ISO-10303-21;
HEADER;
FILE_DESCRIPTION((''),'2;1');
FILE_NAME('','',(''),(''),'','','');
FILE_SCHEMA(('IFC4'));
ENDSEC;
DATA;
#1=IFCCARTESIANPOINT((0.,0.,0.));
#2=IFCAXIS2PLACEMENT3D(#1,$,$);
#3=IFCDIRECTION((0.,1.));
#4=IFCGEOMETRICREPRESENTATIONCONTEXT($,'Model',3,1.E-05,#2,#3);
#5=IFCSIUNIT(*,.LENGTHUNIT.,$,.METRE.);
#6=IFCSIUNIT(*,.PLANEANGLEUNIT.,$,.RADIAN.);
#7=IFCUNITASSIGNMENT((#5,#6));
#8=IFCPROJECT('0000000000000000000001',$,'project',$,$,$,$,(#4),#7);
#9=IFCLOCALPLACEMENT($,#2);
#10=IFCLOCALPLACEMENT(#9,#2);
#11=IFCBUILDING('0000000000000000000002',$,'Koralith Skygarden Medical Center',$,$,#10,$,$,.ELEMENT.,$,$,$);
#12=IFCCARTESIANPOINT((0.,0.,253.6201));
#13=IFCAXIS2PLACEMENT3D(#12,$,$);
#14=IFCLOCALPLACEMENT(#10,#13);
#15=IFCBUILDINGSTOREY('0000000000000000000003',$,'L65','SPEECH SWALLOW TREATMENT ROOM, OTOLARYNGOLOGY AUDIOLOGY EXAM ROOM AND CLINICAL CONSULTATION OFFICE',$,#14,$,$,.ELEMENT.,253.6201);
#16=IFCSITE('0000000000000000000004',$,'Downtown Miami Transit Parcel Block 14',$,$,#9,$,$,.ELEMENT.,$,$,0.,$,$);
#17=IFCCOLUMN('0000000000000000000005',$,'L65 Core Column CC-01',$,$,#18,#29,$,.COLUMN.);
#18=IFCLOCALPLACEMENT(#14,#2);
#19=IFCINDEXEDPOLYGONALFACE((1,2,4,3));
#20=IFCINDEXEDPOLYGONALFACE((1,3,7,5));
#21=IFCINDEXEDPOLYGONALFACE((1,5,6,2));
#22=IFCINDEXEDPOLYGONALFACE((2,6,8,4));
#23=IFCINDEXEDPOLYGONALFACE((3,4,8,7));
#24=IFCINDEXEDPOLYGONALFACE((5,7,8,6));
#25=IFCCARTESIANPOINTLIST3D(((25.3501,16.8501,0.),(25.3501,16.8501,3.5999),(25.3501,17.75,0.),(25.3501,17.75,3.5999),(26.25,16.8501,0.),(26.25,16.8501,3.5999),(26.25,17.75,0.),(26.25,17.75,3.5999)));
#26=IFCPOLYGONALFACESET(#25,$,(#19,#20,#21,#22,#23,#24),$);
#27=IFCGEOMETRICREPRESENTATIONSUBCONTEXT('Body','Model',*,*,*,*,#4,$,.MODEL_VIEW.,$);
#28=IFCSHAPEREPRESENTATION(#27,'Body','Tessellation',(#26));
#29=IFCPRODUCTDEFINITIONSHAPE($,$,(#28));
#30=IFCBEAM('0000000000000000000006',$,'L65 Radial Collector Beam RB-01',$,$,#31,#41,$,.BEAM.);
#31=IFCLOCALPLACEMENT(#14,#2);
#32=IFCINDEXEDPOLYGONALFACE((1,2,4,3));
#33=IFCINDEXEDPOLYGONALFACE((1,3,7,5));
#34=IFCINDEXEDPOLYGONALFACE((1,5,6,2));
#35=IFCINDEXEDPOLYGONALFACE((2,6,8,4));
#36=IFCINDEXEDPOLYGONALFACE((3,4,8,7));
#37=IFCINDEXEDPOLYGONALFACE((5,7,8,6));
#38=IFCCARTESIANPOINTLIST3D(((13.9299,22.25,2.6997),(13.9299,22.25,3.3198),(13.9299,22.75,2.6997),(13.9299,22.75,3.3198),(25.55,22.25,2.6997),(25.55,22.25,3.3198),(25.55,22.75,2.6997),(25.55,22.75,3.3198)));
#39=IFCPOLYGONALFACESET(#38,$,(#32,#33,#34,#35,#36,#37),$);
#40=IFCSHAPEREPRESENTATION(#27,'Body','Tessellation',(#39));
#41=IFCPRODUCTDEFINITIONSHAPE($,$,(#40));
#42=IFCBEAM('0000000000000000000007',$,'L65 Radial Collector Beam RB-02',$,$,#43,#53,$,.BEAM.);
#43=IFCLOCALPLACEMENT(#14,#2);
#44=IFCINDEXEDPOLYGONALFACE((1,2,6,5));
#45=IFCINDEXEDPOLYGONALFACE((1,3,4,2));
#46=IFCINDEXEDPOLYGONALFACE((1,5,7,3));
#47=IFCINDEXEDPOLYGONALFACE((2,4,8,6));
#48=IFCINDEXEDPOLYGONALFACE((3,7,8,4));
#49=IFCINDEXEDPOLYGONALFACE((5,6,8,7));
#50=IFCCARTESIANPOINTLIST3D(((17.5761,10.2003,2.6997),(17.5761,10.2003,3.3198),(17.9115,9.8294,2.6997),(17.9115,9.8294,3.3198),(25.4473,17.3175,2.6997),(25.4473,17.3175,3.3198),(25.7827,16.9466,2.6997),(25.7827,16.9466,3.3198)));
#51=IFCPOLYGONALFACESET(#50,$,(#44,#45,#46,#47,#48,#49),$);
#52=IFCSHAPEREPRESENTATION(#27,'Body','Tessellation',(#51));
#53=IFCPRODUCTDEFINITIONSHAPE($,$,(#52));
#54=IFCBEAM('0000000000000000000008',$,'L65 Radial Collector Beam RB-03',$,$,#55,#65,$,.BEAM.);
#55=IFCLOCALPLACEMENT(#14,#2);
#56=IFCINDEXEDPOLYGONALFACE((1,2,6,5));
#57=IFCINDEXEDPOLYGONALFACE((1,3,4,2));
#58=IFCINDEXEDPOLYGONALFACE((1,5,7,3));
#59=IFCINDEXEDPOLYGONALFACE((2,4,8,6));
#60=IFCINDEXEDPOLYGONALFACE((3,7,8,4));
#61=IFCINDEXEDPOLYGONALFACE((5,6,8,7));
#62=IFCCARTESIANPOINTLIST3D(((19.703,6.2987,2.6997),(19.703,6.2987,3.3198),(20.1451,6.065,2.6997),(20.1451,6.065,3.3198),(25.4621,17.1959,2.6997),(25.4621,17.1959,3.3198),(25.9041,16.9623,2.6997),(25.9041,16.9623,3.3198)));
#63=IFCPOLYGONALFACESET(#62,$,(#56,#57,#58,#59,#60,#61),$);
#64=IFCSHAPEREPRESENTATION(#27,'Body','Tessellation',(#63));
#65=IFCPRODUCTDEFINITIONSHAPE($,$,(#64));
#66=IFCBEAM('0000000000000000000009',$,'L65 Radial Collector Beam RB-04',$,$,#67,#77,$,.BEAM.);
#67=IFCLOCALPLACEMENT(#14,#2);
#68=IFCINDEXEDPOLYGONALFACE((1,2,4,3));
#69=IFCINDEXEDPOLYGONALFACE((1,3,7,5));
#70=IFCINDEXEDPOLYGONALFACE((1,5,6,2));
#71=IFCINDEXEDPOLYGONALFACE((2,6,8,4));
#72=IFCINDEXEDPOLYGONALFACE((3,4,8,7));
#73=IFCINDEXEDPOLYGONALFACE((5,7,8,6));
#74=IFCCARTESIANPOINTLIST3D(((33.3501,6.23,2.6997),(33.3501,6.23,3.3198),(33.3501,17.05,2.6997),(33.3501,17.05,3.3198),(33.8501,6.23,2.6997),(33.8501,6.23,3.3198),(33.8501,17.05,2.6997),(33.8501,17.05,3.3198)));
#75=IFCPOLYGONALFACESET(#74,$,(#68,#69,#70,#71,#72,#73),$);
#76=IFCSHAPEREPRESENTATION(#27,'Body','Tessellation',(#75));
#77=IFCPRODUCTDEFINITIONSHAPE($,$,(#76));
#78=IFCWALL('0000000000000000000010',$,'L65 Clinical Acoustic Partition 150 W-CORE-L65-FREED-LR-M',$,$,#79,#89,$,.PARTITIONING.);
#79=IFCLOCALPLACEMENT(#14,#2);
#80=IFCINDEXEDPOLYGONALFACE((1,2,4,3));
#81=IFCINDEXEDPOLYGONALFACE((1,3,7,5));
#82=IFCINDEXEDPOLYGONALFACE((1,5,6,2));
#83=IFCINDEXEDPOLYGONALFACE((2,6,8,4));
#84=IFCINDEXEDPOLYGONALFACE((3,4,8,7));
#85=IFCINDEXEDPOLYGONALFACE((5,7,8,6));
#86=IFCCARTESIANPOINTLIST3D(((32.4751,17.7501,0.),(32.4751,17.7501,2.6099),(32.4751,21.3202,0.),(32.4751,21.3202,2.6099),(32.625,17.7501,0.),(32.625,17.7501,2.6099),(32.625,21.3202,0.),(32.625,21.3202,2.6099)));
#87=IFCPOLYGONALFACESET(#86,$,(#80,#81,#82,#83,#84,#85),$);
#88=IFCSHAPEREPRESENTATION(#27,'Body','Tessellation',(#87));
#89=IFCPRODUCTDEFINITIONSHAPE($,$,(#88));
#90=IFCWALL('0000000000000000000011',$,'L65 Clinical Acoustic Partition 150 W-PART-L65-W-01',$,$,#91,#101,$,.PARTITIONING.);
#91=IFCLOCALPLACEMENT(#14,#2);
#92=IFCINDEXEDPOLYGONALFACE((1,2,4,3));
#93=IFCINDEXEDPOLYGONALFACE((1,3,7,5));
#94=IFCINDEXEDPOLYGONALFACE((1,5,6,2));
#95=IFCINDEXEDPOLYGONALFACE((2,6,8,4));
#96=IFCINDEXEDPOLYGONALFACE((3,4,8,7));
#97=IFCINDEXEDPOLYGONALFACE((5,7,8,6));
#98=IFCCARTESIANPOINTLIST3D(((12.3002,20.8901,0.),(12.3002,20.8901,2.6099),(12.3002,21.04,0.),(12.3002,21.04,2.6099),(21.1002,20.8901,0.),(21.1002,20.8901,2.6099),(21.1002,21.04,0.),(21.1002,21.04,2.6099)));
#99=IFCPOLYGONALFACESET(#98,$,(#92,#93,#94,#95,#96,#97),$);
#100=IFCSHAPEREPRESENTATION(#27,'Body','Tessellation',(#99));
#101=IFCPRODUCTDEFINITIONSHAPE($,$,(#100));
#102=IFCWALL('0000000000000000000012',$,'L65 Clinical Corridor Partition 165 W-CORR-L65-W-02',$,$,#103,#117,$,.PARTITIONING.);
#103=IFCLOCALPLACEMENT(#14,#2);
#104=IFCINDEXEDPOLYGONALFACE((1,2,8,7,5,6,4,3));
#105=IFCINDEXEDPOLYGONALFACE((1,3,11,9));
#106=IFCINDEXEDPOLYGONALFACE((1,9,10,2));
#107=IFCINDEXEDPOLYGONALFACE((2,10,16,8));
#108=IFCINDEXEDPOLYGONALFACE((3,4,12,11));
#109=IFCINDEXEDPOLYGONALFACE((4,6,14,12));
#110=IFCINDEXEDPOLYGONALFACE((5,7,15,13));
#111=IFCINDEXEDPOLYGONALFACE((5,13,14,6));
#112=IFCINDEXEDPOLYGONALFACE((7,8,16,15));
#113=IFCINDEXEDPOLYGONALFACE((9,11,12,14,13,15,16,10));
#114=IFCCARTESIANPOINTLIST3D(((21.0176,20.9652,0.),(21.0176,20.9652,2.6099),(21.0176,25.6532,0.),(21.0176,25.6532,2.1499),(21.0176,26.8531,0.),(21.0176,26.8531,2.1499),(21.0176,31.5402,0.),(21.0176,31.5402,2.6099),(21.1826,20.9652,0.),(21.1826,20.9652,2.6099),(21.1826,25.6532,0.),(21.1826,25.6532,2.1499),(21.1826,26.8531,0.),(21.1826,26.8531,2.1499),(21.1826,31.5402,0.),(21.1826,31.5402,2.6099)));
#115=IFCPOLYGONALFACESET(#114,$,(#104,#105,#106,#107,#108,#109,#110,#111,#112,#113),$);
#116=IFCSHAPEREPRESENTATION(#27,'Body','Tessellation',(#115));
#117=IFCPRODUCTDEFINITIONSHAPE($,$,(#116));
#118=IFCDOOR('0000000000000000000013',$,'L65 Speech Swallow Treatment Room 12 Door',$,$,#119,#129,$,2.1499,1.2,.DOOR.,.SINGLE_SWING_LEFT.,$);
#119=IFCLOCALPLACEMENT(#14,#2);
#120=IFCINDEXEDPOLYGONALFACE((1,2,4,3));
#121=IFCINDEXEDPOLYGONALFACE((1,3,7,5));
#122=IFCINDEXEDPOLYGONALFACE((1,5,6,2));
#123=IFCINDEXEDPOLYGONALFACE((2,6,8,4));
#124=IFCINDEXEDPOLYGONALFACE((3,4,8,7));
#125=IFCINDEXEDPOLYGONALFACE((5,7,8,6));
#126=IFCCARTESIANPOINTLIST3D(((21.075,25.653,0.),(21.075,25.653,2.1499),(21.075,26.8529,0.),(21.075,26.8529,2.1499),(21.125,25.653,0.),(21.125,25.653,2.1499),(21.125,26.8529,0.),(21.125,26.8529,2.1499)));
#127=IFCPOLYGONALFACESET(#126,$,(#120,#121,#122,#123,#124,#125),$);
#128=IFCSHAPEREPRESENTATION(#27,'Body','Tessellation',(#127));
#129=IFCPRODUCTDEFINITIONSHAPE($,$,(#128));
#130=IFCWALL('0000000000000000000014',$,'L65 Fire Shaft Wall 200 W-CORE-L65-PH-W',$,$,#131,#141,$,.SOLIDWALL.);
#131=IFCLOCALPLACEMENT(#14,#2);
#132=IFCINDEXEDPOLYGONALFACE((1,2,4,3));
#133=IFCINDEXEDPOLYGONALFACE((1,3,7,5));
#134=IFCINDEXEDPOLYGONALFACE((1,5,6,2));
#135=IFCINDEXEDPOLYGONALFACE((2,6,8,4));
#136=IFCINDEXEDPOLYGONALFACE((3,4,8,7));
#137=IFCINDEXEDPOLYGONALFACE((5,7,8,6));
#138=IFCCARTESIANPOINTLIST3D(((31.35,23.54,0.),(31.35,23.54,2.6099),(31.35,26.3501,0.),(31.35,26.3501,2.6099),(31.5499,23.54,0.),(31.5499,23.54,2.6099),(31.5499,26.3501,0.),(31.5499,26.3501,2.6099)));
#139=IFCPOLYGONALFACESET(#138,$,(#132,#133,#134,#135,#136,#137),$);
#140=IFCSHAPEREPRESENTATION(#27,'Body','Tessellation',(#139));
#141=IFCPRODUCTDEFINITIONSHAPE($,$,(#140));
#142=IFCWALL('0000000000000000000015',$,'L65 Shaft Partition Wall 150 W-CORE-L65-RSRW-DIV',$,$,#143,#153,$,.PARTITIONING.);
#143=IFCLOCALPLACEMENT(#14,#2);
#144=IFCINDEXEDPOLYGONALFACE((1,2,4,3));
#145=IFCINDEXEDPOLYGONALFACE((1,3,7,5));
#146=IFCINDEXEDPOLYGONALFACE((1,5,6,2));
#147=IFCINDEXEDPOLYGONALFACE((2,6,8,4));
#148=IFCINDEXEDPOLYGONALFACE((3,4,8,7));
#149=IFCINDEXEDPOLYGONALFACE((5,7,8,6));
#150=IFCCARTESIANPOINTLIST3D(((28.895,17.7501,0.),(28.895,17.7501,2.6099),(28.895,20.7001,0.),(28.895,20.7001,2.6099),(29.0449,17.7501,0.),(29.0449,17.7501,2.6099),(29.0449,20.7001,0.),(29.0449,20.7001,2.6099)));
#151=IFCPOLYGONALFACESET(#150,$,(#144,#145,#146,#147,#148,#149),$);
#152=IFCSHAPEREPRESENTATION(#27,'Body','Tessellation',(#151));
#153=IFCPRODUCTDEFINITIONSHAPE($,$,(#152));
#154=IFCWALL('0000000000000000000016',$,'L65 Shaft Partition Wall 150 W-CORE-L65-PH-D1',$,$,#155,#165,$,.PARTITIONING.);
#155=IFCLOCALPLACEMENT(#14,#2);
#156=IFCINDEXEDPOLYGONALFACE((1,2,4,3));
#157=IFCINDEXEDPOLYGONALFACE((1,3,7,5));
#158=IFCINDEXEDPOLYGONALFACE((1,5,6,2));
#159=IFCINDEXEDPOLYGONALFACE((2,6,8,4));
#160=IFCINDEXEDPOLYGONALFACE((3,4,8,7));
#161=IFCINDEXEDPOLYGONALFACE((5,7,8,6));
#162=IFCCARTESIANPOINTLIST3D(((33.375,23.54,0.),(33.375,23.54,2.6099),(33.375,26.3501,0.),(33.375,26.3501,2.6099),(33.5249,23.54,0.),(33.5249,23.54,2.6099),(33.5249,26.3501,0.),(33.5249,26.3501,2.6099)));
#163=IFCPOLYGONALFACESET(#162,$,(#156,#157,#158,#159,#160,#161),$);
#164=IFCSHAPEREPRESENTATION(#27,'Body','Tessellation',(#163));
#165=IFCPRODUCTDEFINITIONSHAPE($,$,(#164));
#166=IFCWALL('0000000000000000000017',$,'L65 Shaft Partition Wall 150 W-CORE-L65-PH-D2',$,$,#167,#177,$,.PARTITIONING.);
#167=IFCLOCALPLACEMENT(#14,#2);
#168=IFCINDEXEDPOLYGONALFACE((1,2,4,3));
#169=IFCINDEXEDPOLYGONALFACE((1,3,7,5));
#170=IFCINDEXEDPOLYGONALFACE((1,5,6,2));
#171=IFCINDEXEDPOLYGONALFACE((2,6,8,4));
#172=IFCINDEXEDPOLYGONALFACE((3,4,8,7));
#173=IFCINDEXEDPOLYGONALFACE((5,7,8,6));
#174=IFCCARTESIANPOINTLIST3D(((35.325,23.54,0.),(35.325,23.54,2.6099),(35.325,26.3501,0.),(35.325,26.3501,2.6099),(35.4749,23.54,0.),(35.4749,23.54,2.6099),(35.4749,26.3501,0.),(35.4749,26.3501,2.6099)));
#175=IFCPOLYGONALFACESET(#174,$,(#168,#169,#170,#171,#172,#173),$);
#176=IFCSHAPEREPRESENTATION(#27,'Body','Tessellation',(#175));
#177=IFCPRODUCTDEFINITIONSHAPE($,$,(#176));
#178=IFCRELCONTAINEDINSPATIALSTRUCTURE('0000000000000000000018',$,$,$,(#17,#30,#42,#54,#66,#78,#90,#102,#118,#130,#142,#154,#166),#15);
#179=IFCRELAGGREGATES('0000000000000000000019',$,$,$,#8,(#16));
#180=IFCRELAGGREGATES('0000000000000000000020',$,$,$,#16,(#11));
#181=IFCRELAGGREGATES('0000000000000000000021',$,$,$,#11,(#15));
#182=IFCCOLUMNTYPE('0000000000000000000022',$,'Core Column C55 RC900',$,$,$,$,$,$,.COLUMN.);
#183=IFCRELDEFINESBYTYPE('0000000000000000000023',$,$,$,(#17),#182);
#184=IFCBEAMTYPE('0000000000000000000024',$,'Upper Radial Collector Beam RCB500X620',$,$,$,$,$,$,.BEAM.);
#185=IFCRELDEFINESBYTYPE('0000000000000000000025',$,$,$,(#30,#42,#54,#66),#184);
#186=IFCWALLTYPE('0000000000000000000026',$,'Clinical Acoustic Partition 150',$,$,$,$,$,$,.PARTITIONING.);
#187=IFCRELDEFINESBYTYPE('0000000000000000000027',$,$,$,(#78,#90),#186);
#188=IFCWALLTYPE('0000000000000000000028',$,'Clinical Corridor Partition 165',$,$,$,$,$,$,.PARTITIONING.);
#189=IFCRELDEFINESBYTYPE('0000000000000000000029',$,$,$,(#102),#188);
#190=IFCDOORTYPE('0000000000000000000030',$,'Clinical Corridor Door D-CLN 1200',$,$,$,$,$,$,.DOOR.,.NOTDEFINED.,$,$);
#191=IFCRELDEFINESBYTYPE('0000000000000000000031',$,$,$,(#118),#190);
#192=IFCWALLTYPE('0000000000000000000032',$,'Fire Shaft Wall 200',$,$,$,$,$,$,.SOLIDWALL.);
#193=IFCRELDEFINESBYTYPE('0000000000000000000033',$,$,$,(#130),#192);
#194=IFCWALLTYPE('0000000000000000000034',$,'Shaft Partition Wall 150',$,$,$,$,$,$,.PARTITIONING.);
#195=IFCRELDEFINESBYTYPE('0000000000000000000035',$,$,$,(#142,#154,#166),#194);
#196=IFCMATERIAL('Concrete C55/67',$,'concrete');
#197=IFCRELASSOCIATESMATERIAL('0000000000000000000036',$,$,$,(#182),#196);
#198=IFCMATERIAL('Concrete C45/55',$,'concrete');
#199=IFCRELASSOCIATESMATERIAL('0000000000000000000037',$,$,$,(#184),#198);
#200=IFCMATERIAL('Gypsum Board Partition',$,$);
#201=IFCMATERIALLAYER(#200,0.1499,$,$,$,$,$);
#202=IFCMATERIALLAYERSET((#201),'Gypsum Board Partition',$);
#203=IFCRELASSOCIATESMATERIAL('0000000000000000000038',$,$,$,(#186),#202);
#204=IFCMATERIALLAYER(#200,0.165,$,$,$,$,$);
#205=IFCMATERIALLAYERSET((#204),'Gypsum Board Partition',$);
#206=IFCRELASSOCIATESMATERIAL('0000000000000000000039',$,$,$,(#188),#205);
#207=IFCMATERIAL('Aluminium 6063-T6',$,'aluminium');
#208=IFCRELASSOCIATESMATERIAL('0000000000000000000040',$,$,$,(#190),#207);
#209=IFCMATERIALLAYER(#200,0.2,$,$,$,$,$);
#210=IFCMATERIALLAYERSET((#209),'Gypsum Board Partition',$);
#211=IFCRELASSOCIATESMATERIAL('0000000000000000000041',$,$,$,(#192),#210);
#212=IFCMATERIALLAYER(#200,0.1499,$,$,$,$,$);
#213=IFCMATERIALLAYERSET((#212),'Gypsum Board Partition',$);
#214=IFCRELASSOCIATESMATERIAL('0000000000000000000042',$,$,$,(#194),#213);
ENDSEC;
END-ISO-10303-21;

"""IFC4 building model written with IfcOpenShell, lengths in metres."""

from ifc_helpers import new_model, si_unit, direction, frame, frame_2d, origin, origin_2d, place, context, subcontext, project, spatial, rectangle, extrude, material, layer, layer_set, material_profile, profile_set, type_object, element, fill, save


model = new_model("IFC4")

# Units and contexts
model_context = context("Model", 3, precision=1e-05, world=origin(), true_north=direction((0.0, 1.0)))
body_context = subcontext(model_context, "Body", "Model", "MODEL_VIEW")
ifc_project = project(units=[si_unit("LENGTHUNIT", "METRE"), si_unit("PLANEANGLEUNIT", "RADIAN")], contexts=[model_context])

# Site, building, storey
site_placement = place(None, origin())
site = spatial("IfcSite", under=ifc_project, at=site_placement, Name="Downtown Miami Transit Parcel Block 14", CompositionType="ELEMENT", RefElevation=0.0)
building_placement = place(site_placement, origin())
building = spatial("IfcBuilding", under=site, at=building_placement, Name="Koralith Skygarden Medical Center", CompositionType="ELEMENT")
storey_placement = place(building_placement, frame((0.0, 0.0, 253.6201)))
storey = spatial("IfcBuildingStorey", under=building, at=storey_placement, Name="L65", Description="SPEECH SWALLOW TREATMENT ROOM, OTOLARYNGOLOGY AUDIOLOGY EXAM ROOM AND CLINICAL CONSULTATION OFFICE", CompositionType="ELEMENT", Elevation=253.6201)

# Column
ifc_material_1 = material(Name="Concrete C55/67", Category="concrete")
ifc_material_profile_1 = material_profile(ifc_material_1, rectangle(XDim=0.8999, YDim=0.8999, at=origin_2d()), Name="RC900X900")
ifc_profile_set_1 = profile_set([ifc_material_profile_1], Name="Concrete C55/67")
column_type = type_object("IfcColumnType", Name="Core Column C55 RC900", PredefinedType="COLUMN", material=ifc_profile_set_1)
column_placement = place(storey_placement, frame((25.8, 17.3, 0.0), z_axis=(0.0, 0.0, 1.0), x_axis=(1.0, 0.0, 0.0)))
element("IfcColumn", 1, at=column_placement, inside=storey, type_object=column_type, Name="L65 Core Column CC-01", PredefinedType="COLUMN", context=body_context, shape_type="SweptSolid", body=[
    extrude(rectangle(XDim=0.8999, YDim=0.8999, at=origin_2d()), origin(), (0.0, 0.0, 1.0), 3.5999),
])

# Beams
ifc_material_2 = material(Name="Concrete C45/55", Category="concrete")
ifc_material_profile_2 = material_profile(ifc_material_2, rectangle(XDim=0.5, YDim=0.6201, at=origin_2d()), Name="RCB500X620")
ifc_profile_set_2 = profile_set([ifc_material_profile_2], Name="Concrete C45/55")
beam_type = type_object("IfcBeamType", Name="Upper Radial Collector Beam RCB500X620", PredefinedType="BEAM", material=ifc_profile_set_2)
beam_1_placement = place(storey_placement, frame((25.55, 22.5, 3.0098), z_axis=(-1.0, 0.0, 0.0), x_axis=(0.0, -1.0, 0.0)))
element("IfcBeam", 2, at=beam_1_placement, inside=storey, type_object=beam_type, Name="L65 Radial Collector Beam RB-01", PredefinedType="BEAM", context=body_context, shape_type="SweptSolid", body=[
    extrude(rectangle(XDim=0.5, YDim=0.6201, at=origin_2d()), origin(), (0.0, 0.0, 1.0), 11.6201),
])
beam_2_placement = place(storey_placement, frame((25.615, 17.1321, 3.0098), z_axis=(-0.741736, -0.670692, 0.0), x_axis=(0.670692, -0.741736, 0.0)))
element("IfcBeam", 3, at=beam_2_placement, inside=storey, type_object=beam_type, Name="L65 Radial Collector Beam RB-02", PredefinedType="BEAM", context=body_context, shape_type="SweptSolid", body=[
    extrude(rectangle(XDim=0.5, YDim=0.6201, at=origin_2d()), origin(), (0.0, 0.0, 1.0), 10.6118),
])
beam_3_placement = place(storey_placement, frame((25.6831, 17.0791, 3.0098), z_axis=(-0.467249, -0.884126, 0.0), x_axis=(0.884126, -0.467249, 0.0)))
element("IfcBeam", 4, at=beam_3_placement, inside=storey, type_object=beam_type, Name="L65 Radial Collector Beam RB-03", PredefinedType="BEAM", context=body_context, shape_type="SweptSolid", body=[
    extrude(rectangle(XDim=0.5, YDim=0.6201, at=origin_2d()), origin(), (0.0, 0.0, 1.0), 12.3254),
])
beam_4_placement = place(storey_placement, frame((33.6001, 17.05, 3.0098), z_axis=(0.0, -1.0, 0.0), x_axis=(1.0, 0.0, 0.0)))
element("IfcBeam", 5, at=beam_4_placement, inside=storey, type_object=beam_type, Name="L65 Radial Collector Beam RB-04", PredefinedType="BEAM", context=body_context, shape_type="SweptSolid", body=[
    extrude(rectangle(XDim=0.5, YDim=0.6201, at=origin_2d()), origin(), (0.0, 0.0, 1.0), 10.8201),
])

# Shared definitions
ifc_material_3 = material(Name="Gypsum Board Partition")
ifc_layer_1 = layer(ifc_material_3, 0.1499)
ifc_layer_set_1 = layer_set([ifc_layer_1], Name="Gypsum Board Partition")
wall_type_1 = type_object("IfcWallType", Name="Clinical Acoustic Partition 150", PredefinedType="PARTITIONING", material=ifc_layer_set_1)
ifc_material_4 = material(Name="Aluminium 6063-T6", Category="aluminium")

# Walls
wall_1_placement = place(storey_placement, frame((32.55, 17.75, 0.0), z_axis=(0.0, 0.0, 1.0), x_axis=(0.0, 1.0, 0.0)))
element("IfcWall", 6, at=wall_1_placement, inside=storey, type_object=wall_type_1, Name="L65 Clinical Acoustic Partition 150 W-CORE-L65-FREED-LR-M", PredefinedType="PARTITIONING", context=body_context, shape_type="SweptSolid", body=[
    extrude(rectangle(XDim=3.5701, YDim=0.1499, at=frame_2d((1.7852, 0.0))), origin(), (0.0, 0.0, 1.0), 2.6099),
])
wall_2_placement = place(storey_placement, frame((21.1001, 20.9651, 0.0), z_axis=(0.0, 0.0, 1.0), x_axis=(-1.0, 0.0, 0.0)))
element("IfcWall", 7, at=wall_2_placement, inside=storey, type_object=wall_type_1, Name="L65 Clinical Acoustic Partition 150 W-PART-L65-W-01", PredefinedType="PARTITIONING", context=body_context, shape_type="SweptSolid", body=[
    extrude(rectangle(XDim=8.8, YDim=0.1499, at=frame_2d((4.3999, 0.0))), origin(), (0.0, 0.0, 1.0), 2.6099),
])

# Wall, opening, door
ifc_layer_2 = layer(ifc_material_3, 0.165)
ifc_layer_set_2 = layer_set([ifc_layer_2], Name="Gypsum Board Partition")
wall_type_2 = type_object("IfcWallType", Name="Clinical Corridor Partition 165", PredefinedType="PARTITIONING", material=ifc_layer_set_2)
wall_3_placement = place(storey_placement, frame((21.1001, 20.9651, 0.0), z_axis=(0.0, 0.0, 1.0), x_axis=(0.0, 1.0, 0.0)))
wall_3 = element("IfcWall", 8, at=wall_3_placement, inside=storey, type_object=wall_type_2, Name="L65 Clinical Corridor Partition 165 W-CORR-L65-W-02", PredefinedType="PARTITIONING", context=body_context, shape_type="SweptSolid", body=[
    extrude(rectangle(XDim=10.575, YDim=0.165, at=frame_2d((5.2876, 0.0))), origin(), (0.0, 0.0, 1.0), 2.6099),
])
opening_1_placement = place(wall_3_placement, frame((4.688, 0.0, 0.0)))
opening_1 = element("IfcOpeningElement", 9, at=opening_1_placement, cuts=wall_3, PredefinedType="OPENING", context=body_context, shape_type="SweptSolid", body=[
    extrude(rectangle(XDim=1.2, YDim=2.1499, at=frame_2d((0.6001, 1.075))), frame((0.0, 0.0925, 0.0), z_axis=(0.0, -1.0, 0.0), x_axis=(1.0, 0.0, 0.0)), (0.0, 0.0, 1.0), 0.1851),
])
door_type_1 = type_object("IfcDoorType", Name="Clinical Corridor Door D-CLN 1200", OperationType="NOTDEFINED", PredefinedType="DOOR", material=ifc_material_4)
door_1_placement = place(opening_1_placement, frame((1.2, 0.0, 0.0), z_axis=(0.0, 0.0, 1.0), x_axis=(-1.0, 0.0, 0.0)))
door_1 = element("IfcDoor", 10, at=door_1_placement, inside=storey, type_object=door_type_1, Name="L65 Speech Swallow Treatment Room 12 Door", OperationType="SINGLE_SWING_LEFT", OverallHeight=2.1499, OverallWidth=1.2, PredefinedType="DOOR", context=body_context, shape_type="SweptSolid", body=[
    extrude(rectangle(XDim=1.2, YDim=2.1499, at=frame_2d((0.6001, 1.075))), frame((0.0, 0.0249, 0.0), z_axis=(0.0, -1.0, 0.0), x_axis=(1.0, 0.0, 0.0)), (0.0, 0.0, 1.0), 0.05),
])
fill(opening_1, door_1)
ifc_layer_3 = layer(ifc_material_3, 0.2)
ifc_layer_set_3 = layer_set([ifc_layer_3], Name="Gypsum Board Partition")
wall_type_3 = type_object("IfcWallType", Name="Fire Shaft Wall 200", PredefinedType="SOLIDWALL", material=ifc_layer_set_3)

# Walls
wall_4_placement = place(storey_placement, frame((31.45, 23.54, 0.0), z_axis=(0.0, 0.0, 1.0), x_axis=(0.0, 1.0, 0.0)))
element("IfcWall", 11, at=wall_4_placement, inside=storey, type_object=wall_type_3, Name="L65 Fire Shaft Wall 200 W-CORE-L65-PH-W", PredefinedType="SOLIDWALL", context=body_context, shape_type="SweptSolid", body=[
    extrude(rectangle(XDim=2.8101, YDim=0.2, at=frame_2d((1.405, 0.0))), origin(), (0.0, 0.0, 1.0), 2.6099),
])
ifc_layer_4 = layer(ifc_material_3, 0.1499)
ifc_layer_set_4 = layer_set([ifc_layer_4], Name="Gypsum Board Partition")
wall_type_4 = type_object("IfcWallType", Name="Shaft Partition Wall 150", PredefinedType="PARTITIONING", material=ifc_layer_set_4)
wall_5_placement = place(storey_placement, frame((28.97, 17.75, 0.0), z_axis=(0.0, 0.0, 1.0), x_axis=(0.0, 1.0, 0.0)))
element("IfcWall", 12, at=wall_5_placement, inside=storey, type_object=wall_type_4, Name="L65 Shaft Partition Wall 150 W-CORE-L65-RSRW-DIV", PredefinedType="PARTITIONING", context=body_context, shape_type="SweptSolid", body=[
    extrude(rectangle(XDim=2.95, YDim=0.1499, at=frame_2d((1.4751, 0.0))), origin(), (0.0, 0.0, 1.0), 2.6099),
])
for number, where, z_axis, x_axis, name in (
    (13, (33.45, 23.54, 0.0), (0.0, 0.0, 1.0), (0.0, 1.0, 0.0), "L65 Shaft Partition Wall 150 W-CORE-L65-PH-D1"),
    (14, (35.3999, 23.54, 0.0), (0.0, 0.0, 1.0), (0.0, 1.0, 0.0), "L65 Shaft Partition Wall 150 W-CORE-L65-PH-D2"),
):
    element("IfcWall", number, at=place(storey_placement, frame(where, z_axis=z_axis, x_axis=x_axis)), inside=storey, type_object=wall_type_4, Name=name, PredefinedType="PARTITIONING", context=body_context, shape_type="SweptSolid", body=[
        extrude(rectangle(XDim=2.8101, YDim=0.1499, at=frame_2d((1.405, 0.0))), origin(), (0.0, 0.0, 1.0), 2.6099),
    ])

save(model, "model.ifc")
